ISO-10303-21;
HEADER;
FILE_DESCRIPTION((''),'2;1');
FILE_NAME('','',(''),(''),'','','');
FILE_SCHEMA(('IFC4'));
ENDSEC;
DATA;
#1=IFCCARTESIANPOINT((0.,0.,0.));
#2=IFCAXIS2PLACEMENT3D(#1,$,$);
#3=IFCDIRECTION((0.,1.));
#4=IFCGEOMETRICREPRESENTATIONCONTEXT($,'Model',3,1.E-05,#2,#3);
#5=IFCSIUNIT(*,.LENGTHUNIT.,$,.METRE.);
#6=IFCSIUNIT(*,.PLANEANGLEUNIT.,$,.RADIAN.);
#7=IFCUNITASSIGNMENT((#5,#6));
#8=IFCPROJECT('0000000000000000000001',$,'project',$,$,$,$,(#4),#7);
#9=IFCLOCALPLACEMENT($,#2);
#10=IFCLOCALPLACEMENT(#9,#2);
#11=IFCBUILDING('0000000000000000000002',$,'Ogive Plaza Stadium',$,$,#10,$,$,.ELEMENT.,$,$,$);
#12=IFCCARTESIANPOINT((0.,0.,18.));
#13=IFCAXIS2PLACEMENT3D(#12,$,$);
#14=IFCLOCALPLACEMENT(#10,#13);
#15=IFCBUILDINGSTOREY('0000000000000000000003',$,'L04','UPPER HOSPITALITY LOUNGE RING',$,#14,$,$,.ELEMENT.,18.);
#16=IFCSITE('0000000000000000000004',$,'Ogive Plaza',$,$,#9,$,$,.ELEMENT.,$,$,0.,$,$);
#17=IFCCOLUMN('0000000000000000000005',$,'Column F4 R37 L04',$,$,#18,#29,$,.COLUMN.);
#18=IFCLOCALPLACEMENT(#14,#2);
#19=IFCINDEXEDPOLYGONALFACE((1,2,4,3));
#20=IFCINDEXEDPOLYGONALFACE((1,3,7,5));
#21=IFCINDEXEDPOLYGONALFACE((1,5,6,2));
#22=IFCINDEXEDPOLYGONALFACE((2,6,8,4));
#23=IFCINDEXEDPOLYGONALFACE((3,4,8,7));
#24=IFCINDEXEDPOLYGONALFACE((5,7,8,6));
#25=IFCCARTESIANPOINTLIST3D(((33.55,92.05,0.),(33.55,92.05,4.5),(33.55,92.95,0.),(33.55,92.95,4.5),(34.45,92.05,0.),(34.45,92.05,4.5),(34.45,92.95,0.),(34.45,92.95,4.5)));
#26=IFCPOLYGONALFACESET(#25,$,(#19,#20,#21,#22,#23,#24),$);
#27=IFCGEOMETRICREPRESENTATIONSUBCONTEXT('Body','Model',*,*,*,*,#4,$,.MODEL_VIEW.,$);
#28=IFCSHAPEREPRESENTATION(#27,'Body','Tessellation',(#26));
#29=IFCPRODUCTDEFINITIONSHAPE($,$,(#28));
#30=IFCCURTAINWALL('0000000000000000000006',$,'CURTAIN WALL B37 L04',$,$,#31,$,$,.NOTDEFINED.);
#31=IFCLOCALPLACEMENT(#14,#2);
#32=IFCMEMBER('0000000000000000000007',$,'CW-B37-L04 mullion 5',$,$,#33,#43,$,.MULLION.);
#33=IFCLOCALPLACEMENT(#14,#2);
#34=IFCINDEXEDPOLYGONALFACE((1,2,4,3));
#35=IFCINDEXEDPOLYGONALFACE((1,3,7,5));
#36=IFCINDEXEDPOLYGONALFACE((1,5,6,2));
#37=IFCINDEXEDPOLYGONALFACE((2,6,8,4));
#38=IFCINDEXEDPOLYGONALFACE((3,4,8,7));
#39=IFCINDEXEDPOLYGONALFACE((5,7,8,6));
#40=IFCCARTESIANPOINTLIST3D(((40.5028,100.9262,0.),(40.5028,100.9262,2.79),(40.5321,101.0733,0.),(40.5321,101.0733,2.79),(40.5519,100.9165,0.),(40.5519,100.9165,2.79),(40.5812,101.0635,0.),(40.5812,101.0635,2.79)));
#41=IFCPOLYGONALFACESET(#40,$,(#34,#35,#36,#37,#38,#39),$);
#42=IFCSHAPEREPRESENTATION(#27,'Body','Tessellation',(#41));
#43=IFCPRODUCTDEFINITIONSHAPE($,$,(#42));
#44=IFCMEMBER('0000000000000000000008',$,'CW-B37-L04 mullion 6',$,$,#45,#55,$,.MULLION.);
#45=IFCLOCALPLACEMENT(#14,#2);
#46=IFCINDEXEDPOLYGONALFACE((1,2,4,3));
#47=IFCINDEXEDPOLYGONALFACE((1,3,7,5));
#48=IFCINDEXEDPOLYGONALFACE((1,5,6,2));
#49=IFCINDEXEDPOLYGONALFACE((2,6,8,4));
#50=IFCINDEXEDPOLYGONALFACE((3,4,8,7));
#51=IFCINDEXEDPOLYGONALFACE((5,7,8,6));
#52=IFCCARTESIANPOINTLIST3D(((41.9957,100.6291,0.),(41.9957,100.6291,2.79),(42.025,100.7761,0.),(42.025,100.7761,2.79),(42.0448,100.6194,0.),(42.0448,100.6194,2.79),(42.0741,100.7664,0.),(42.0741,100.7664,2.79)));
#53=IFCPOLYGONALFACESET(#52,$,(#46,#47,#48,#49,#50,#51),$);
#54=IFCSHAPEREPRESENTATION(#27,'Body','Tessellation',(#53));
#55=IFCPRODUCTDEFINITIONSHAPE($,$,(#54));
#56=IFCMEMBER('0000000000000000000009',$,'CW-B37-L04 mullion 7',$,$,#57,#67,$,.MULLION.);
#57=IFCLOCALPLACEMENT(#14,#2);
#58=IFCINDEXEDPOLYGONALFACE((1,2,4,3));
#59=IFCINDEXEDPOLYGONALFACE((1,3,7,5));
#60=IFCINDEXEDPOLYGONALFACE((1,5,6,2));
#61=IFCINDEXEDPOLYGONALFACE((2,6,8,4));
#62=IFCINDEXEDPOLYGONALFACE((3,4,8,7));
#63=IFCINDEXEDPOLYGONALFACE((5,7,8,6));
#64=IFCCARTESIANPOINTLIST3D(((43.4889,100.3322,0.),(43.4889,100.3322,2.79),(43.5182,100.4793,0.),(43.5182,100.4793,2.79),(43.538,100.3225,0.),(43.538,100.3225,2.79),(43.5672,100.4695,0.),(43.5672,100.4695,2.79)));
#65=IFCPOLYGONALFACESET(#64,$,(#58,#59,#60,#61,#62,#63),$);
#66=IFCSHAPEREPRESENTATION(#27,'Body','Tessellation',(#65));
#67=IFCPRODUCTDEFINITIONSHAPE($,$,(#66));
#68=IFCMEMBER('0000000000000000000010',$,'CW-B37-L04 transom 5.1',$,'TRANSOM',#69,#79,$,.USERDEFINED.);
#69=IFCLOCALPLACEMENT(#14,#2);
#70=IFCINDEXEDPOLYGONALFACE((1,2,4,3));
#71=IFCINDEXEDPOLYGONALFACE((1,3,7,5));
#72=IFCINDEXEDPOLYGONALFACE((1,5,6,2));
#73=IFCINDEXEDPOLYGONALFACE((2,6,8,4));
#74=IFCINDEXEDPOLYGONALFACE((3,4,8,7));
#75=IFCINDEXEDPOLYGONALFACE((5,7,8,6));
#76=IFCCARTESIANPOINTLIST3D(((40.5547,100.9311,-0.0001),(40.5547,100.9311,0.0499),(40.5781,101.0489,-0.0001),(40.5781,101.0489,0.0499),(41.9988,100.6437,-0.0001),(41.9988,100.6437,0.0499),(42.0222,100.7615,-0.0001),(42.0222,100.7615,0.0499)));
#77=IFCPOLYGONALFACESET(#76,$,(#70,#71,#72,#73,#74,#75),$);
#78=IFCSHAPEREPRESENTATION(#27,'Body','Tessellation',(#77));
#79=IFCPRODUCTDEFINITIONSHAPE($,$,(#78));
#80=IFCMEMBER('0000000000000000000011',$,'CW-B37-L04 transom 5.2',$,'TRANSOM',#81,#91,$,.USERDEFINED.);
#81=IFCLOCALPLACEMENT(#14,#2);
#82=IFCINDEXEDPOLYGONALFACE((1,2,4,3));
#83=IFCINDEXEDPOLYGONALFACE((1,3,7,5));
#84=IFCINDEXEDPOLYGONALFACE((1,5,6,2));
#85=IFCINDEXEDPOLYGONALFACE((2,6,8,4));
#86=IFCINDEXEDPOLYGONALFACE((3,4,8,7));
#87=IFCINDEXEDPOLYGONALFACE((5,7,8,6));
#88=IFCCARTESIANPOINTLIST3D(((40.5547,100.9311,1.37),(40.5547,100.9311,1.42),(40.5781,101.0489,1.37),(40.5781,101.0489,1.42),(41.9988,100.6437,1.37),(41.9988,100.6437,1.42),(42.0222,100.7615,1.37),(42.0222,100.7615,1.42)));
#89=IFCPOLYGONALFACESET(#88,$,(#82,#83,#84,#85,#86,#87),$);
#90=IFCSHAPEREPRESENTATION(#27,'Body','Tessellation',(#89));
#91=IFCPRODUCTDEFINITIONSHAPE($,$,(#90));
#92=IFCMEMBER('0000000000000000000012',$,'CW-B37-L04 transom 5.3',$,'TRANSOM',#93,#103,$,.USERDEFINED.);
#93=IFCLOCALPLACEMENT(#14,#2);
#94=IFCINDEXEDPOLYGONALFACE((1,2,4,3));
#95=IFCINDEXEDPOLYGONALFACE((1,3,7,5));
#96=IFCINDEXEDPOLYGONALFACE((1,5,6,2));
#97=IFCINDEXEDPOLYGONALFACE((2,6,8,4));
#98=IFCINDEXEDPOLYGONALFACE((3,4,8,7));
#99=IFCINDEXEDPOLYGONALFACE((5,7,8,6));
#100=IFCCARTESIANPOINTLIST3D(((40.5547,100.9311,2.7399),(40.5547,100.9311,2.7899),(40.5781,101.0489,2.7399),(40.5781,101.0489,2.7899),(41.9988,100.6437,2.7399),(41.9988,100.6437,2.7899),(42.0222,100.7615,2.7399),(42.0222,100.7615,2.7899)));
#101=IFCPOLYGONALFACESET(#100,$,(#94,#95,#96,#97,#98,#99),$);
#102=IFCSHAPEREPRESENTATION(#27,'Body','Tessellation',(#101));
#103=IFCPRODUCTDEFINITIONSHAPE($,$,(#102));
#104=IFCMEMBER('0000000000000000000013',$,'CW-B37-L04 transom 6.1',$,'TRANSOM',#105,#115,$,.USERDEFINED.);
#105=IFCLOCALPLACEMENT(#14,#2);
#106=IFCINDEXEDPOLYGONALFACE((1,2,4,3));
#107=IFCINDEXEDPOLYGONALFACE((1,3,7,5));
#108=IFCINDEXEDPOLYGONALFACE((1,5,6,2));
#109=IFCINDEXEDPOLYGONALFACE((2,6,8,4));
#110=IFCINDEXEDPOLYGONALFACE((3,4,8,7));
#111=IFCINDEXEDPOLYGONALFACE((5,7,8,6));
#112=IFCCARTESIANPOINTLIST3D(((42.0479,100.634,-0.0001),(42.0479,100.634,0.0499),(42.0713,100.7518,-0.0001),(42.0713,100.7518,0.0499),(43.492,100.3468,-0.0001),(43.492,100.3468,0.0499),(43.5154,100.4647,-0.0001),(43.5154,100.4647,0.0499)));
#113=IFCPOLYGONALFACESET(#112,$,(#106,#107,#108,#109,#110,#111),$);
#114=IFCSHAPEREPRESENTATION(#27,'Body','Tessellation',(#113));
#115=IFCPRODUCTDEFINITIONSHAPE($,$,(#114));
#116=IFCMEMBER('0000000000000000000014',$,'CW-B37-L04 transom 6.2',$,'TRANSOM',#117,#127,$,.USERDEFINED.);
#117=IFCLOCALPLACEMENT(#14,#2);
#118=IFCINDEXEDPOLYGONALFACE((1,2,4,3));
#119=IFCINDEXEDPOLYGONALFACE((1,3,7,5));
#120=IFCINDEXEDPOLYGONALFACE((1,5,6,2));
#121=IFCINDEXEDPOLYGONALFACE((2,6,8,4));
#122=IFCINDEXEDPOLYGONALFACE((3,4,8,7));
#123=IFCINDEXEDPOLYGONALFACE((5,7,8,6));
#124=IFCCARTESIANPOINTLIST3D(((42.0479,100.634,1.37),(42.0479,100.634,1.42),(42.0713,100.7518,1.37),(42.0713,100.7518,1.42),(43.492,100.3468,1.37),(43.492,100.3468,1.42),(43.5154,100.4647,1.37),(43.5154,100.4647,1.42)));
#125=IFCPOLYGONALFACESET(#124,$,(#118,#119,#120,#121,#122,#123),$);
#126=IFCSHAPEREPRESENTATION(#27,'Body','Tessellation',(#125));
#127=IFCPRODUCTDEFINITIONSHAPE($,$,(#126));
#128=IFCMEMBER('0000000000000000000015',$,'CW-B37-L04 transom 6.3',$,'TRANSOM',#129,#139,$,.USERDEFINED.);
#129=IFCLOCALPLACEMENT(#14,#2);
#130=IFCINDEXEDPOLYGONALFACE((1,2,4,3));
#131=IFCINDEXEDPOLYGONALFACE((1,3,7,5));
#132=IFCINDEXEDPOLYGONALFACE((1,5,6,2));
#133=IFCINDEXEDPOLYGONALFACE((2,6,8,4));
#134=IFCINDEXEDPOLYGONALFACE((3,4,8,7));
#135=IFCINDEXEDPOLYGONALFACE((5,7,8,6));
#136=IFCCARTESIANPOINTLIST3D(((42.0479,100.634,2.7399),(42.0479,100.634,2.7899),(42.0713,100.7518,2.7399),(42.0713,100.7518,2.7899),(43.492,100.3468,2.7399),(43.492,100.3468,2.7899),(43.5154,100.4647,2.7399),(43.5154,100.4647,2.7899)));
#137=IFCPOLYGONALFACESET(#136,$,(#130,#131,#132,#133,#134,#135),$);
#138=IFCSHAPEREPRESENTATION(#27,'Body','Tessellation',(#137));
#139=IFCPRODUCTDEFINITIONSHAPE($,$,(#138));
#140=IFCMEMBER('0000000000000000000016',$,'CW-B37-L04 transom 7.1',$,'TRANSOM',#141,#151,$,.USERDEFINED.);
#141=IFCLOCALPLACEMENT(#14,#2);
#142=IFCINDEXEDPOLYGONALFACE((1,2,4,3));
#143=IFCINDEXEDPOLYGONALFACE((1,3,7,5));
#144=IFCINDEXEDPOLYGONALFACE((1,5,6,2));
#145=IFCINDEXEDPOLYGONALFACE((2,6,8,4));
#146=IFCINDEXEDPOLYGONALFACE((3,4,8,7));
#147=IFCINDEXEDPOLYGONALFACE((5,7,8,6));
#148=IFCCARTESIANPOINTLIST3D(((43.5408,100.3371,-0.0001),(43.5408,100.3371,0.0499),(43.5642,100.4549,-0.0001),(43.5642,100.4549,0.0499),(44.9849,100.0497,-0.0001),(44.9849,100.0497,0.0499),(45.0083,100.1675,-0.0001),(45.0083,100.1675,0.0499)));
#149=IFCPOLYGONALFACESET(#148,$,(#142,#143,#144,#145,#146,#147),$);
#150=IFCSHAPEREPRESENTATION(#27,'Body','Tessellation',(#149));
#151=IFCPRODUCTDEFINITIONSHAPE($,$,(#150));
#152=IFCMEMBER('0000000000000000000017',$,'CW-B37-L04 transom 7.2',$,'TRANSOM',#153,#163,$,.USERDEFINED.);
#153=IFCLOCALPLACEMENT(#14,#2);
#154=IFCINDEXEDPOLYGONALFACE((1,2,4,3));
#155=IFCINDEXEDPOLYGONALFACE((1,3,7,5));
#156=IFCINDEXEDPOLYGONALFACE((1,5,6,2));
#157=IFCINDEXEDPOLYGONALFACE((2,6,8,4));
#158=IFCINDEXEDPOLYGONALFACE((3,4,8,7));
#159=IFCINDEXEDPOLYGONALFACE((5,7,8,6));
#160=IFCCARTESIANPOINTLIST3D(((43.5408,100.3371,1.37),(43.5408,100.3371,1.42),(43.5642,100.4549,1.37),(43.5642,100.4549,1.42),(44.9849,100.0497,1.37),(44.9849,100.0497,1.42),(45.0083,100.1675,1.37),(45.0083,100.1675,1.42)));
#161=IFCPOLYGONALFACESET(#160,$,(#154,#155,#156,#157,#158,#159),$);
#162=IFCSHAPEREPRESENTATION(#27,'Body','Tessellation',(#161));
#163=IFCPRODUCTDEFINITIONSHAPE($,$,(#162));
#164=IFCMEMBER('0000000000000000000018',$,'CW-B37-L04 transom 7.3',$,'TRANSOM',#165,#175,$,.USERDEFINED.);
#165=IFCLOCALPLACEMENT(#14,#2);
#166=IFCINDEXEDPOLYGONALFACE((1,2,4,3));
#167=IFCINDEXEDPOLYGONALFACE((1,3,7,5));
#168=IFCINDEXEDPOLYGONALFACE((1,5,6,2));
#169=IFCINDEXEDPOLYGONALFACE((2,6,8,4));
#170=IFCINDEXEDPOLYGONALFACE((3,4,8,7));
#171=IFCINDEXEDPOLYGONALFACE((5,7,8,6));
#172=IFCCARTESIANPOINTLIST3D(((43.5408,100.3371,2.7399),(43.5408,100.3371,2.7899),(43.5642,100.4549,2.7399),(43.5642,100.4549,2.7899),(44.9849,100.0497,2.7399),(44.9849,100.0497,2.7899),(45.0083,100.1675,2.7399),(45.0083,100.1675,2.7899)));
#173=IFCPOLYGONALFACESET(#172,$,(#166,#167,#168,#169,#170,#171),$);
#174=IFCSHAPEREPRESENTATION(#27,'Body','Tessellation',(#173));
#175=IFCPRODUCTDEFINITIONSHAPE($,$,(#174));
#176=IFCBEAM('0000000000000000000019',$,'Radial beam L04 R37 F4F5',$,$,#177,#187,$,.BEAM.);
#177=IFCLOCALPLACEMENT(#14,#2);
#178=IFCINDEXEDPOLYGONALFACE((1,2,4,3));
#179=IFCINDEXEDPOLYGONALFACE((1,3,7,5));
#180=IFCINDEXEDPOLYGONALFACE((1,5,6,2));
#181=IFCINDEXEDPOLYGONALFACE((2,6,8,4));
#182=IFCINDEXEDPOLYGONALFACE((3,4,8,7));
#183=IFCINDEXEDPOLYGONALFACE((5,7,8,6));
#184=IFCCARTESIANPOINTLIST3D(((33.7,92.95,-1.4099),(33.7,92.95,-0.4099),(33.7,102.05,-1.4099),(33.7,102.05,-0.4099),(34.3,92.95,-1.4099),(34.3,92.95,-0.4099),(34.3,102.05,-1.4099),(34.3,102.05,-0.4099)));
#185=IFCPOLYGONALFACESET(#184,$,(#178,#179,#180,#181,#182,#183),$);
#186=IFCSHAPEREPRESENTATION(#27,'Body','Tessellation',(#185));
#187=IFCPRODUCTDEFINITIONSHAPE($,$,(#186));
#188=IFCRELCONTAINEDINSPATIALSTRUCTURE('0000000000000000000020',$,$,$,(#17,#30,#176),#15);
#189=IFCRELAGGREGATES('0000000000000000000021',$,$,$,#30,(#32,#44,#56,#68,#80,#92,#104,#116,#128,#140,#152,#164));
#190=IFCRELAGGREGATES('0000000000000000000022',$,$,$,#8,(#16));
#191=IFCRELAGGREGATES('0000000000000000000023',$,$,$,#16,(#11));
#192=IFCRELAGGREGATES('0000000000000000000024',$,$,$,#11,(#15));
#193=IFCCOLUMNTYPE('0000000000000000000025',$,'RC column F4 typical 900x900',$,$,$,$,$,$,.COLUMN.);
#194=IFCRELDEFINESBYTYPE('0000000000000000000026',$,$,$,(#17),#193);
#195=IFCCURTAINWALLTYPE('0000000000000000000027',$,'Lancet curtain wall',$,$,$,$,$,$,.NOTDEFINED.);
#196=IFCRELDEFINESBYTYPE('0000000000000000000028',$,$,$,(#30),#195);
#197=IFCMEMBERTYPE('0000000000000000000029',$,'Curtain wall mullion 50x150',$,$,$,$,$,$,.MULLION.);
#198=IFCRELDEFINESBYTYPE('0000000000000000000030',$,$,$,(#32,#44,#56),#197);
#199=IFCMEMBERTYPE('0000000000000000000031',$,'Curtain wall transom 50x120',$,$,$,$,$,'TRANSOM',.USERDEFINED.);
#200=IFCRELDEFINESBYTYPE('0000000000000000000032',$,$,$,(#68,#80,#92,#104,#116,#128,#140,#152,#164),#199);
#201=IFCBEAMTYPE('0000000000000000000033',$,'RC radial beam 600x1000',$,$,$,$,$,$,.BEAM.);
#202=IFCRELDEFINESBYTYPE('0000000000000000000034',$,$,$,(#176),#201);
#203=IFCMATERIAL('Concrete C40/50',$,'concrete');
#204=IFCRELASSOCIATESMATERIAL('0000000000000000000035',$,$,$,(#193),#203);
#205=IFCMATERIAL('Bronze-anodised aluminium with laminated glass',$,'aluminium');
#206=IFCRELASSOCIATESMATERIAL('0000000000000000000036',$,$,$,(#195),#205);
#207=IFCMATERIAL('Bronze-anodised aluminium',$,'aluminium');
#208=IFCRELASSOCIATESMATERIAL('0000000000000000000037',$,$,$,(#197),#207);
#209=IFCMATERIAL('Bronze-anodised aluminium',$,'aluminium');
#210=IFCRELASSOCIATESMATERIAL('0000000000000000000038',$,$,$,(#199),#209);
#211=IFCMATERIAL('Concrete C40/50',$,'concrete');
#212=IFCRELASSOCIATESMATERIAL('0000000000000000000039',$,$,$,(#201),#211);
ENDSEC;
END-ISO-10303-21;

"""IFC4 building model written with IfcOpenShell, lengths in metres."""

from ifc_helpers import new_model, si_unit, direction, frame, origin, origin_2d, place, context, subcontext, project, spatial, rectangle, extrude, material, material_profile, profile_set, type_object, element, aggregate, save


model = new_model("IFC4")

# Units and contexts
model_context = context("Model", 3, precision=1e-05, world=origin(), true_north=direction((0.0, 1.0)))
body_context = subcontext(model_context, "Body", "Model", "MODEL_VIEW")
ifc_project = project(units=[si_unit("LENGTHUNIT", "METRE"), si_unit("PLANEANGLEUNIT", "RADIAN")], contexts=[model_context])

# Site, building, storey
site_placement = place(None, origin())
site = spatial("IfcSite", under=ifc_project, at=site_placement, Name="Ogive Plaza", CompositionType="ELEMENT", RefElevation=0.0)
building_placement = place(site_placement, origin())
building = spatial("IfcBuilding", under=site, at=building_placement, Name="Ogive Plaza Stadium", CompositionType="ELEMENT")
storey_placement = place(building_placement, frame((0.0, 0.0, 18.0)))
storey = spatial("IfcBuildingStorey", under=building, at=storey_placement, Name="L04", Description="UPPER HOSPITALITY LOUNGE RING", CompositionType="ELEMENT", Elevation=18.0)

# Column
ifc_material_1 = material(Name="Concrete C40/50", Category="concrete")
ifc_material_profile_1 = material_profile(ifc_material_1, rectangle(XDim=0.8999, YDim=0.8999, at=origin_2d()), Name="RC 900x900")
ifc_profile_set_1 = profile_set([ifc_material_profile_1], Name="Concrete C40/50")
column_type = type_object("IfcColumnType", Name="RC column F4 typical 900x900", PredefinedType="COLUMN", material=ifc_profile_set_1)
column_placement = place(storey_placement, frame((34.0, 92.5, 0.0), z_axis=(0.0, 0.0, 1.0), x_axis=(-1.0, 0.0, 0.0)))
element("IfcColumn", 1, at=column_placement, inside=storey, type_object=column_type, Name="Column F4 R37 L04", PredefinedType="COLUMN", context=body_context, shape_type="SweptSolid", body=[
    extrude(rectangle(XDim=0.8999, YDim=0.8999, at=origin_2d()), origin(), (0.0, 0.0, 1.0), 4.5),
])

# Curtain wall, members
ifc_material_2 = material(Name="Bronze-anodised aluminium with laminated glass", Category="aluminium")
curtain_wall_type = type_object("IfcCurtainWallType", Name="Lancet curtain wall", PredefinedType="NOTDEFINED", material=ifc_material_2)
curtain_wall_placement = place(storey_placement, origin())
curtain_wall = element("IfcCurtainWall", 2, at=curtain_wall_placement, inside=storey, type_object=curtain_wall_type, Name="CURTAIN WALL B37 L04", PredefinedType="NOTDEFINED")
ifc_material_3 = material(Name="Bronze-anodised aluminium", Category="aluminium")
ifc_material_profile_2 = material_profile(ifc_material_3, rectangle(XDim=0.1499, YDim=0.05, at=origin_2d()), Name="AL 150x50")
ifc_profile_set_2 = profile_set([ifc_material_profile_2], Name="Bronze-anodised aluminium")
member_type_1 = type_object("IfcMemberType", Name="Curtain wall mullion 50x150", PredefinedType="MULLION", material=ifc_profile_set_2)
member_1_placement = place(storey_placement, frame((40.542, 100.9949, 0.0), z_axis=(0.0, 0.0, 1.0), x_axis=(0.19509, 0.980785, 0.0)))
member_1 = element("IfcMember", 3, at=member_1_placement, type_object=member_type_1, Name="CW-B37-L04 mullion 5", PredefinedType="MULLION", context=body_context, shape_type="SweptSolid", body=[
    extrude(rectangle(XDim=0.1499, YDim=0.05, at=origin_2d()), origin(), (0.0, 0.0, 1.0), 2.79),
])
member_2_placement = place(storey_placement, frame((42.0349, 100.6978, 0.0), z_axis=(0.0, 0.0, 1.0), x_axis=(0.19509, 0.980785, 0.0)))
member_2 = element("IfcMember", 4, at=member_2_placement, type_object=member_type_1, Name="CW-B37-L04 mullion 6", PredefinedType="MULLION", context=body_context, shape_type="SweptSolid", body=[
    extrude(rectangle(XDim=0.1499, YDim=0.05, at=origin_2d()), origin(), (0.0, 0.0, 1.0), 2.79),
])
member_3_placement = place(storey_placement, frame((43.5281, 100.4009, 0.0), z_axis=(0.0, 0.0, 1.0), x_axis=(0.19509, 0.980785, 0.0)))
member_3 = element("IfcMember", 5, at=member_3_placement, type_object=member_type_1, Name="CW-B37-L04 mullion 7", PredefinedType="MULLION", context=body_context, shape_type="SweptSolid", body=[
    extrude(rectangle(XDim=0.1499, YDim=0.05, at=origin_2d()), origin(), (0.0, 0.0, 1.0), 2.79),
])
ifc_material_4 = material(Name="Bronze-anodised aluminium", Category="aluminium")
ifc_material_profile_3 = material_profile(ifc_material_4, rectangle(XDim=0.1201, YDim=0.05, at=origin_2d()), Name="AL 120x50")
ifc_profile_set_3 = profile_set([ifc_material_profile_3], Name="Bronze-anodised aluminium")
member_type_2 = type_object("IfcMemberType", Name="Curtain wall transom 50x120", ElementType="TRANSOM", PredefinedType="USERDEFINED", material=ifc_profile_set_3)
member_4_placement = place(storey_placement, frame((40.5664, 100.99, 0.0249), z_axis=(0.980772, -0.195159, 0.0), x_axis=(0.195159, 0.980772, 0.0)))
member_4 = element("IfcMember", 6, at=member_4_placement, type_object=member_type_2, Name="CW-B37-L04 transom 5.1", ObjectType="TRANSOM", PredefinedType="USERDEFINED", context=body_context, shape_type="SweptSolid", body=[
    extrude(rectangle(XDim=0.1201, YDim=0.05, at=origin_2d()), origin(), (0.0, 0.0, 1.0), 1.4724),
])
member_5_placement = place(storey_placement, frame((40.5664, 100.99, 1.395), z_axis=(0.980772, -0.195159, 0.0), x_axis=(0.195159, 0.980772, 0.0)))
member_5 = element("IfcMember", 7, at=member_5_placement, type_object=member_type_2, Name="CW-B37-L04 transom 5.2", ObjectType="TRANSOM", PredefinedType="USERDEFINED", context=body_context, shape_type="SweptSolid", body=[
    extrude(rectangle(XDim=0.1201, YDim=0.05, at=origin_2d()), origin(), (0.0, 0.0, 1.0), 1.4724),
])
member_6_placement = place(storey_placement, frame((40.5664, 100.99, 2.7649), z_axis=(0.980772, -0.195159, 0.0), x_axis=(0.195159, 0.980772, 0.0)))
member_6 = element("IfcMember", 8, at=member_6_placement, type_object=member_type_2, Name="CW-B37-L04 transom 5.3", ObjectType="TRANSOM", PredefinedType="USERDEFINED", context=body_context, shape_type="SweptSolid", body=[
    extrude(rectangle(XDim=0.1201, YDim=0.05, at=origin_2d()), origin(), (0.0, 0.0, 1.0), 1.4724),
])
member_7_placement = place(storey_placement, frame((42.0596, 100.6929, 0.0249), z_axis=(0.980803, -0.195, 0.0), x_axis=(0.195, 0.980803, 0.0)))
member_7 = element("IfcMember", 9, at=member_7_placement, type_object=member_type_2, Name="CW-B37-L04 transom 6.1", ObjectType="TRANSOM", PredefinedType="USERDEFINED", context=body_context, shape_type="SweptSolid", body=[
    extrude(rectangle(XDim=0.1201, YDim=0.05, at=origin_2d()), origin(), (0.0, 0.0, 1.0), 1.4724),
])
member_8_placement = place(storey_placement, frame((42.0596, 100.6929, 1.395), z_axis=(0.980803, -0.195, 0.0), x_axis=(0.195, 0.980803, 0.0)))
member_8 = element("IfcMember", 10, at=member_8_placement, type_object=member_type_2, Name="CW-B37-L04 transom 6.2", ObjectType="TRANSOM", PredefinedType="USERDEFINED", context=body_context, shape_type="SweptSolid", body=[
    extrude(rectangle(XDim=0.1201, YDim=0.05, at=origin_2d()), origin(), (0.0, 0.0, 1.0), 1.4724),
])
member_9_placement = place(storey_placement, frame((42.0596, 100.6929, 2.7649), z_axis=(0.980803, -0.195, 0.0), x_axis=(0.195, 0.980803, 0.0)))
member_9 = element("IfcMember", 11, at=member_9_placement, type_object=member_type_2, Name="CW-B37-L04 transom 6.3", ObjectType="TRANSOM", PredefinedType="USERDEFINED", context=body_context, shape_type="SweptSolid", body=[
    extrude(rectangle(XDim=0.1201, YDim=0.05, at=origin_2d()), origin(), (0.0, 0.0, 1.0), 1.4724),
])
member_10_placement = place(storey_placement, frame((43.5525, 100.396, 0.0249), z_axis=(0.980772, -0.195159, 0.0), x_axis=(0.195159, 0.980772, 0.0)))
member_10 = element("IfcMember", 12, at=member_10_placement, type_object=member_type_2, Name="CW-B37-L04 transom 7.1", ObjectType="TRANSOM", PredefinedType="USERDEFINED", context=body_context, shape_type="SweptSolid", body=[
    extrude(rectangle(XDim=0.1201, YDim=0.05, at=origin_2d()), origin(), (0.0, 0.0, 1.0), 1.4724),
])
member_11_placement = place(storey_placement, frame((43.5525, 100.396, 1.395), z_axis=(0.980772, -0.195159, 0.0), x_axis=(0.195159, 0.980772, 0.0)))
member_11 = element("IfcMember", 13, at=member_11_placement, type_object=member_type_2, Name="CW-B37-L04 transom 7.2", ObjectType="TRANSOM", PredefinedType="USERDEFINED", context=body_context, shape_type="SweptSolid", body=[
    extrude(rectangle(XDim=0.1201, YDim=0.05, at=origin_2d()), origin(), (0.0, 0.0, 1.0), 1.4724),
])
member_12_placement = place(storey_placement, frame((43.5525, 100.396, 2.7649), z_axis=(0.980772, -0.195159, 0.0), x_axis=(0.195159, 0.980772, 0.0)))
member_12 = element("IfcMember", 14, at=member_12_placement, type_object=member_type_2, Name="CW-B37-L04 transom 7.3", ObjectType="TRANSOM", PredefinedType="USERDEFINED", context=body_context, shape_type="SweptSolid", body=[
    extrude(rectangle(XDim=0.1201, YDim=0.05, at=origin_2d()), origin(), (0.0, 0.0, 1.0), 1.4724),
])

# Beam
ifc_material_5 = material(Name="Concrete C40/50", Category="concrete")
ifc_material_profile_4 = material_profile(ifc_material_5, rectangle(XDim=0.6001, YDim=1.0, at=origin_2d()), Name="RC 600x1000")
ifc_profile_set_4 = profile_set([ifc_material_profile_4], Name="Concrete C40/50")
beam_type_1 = type_object("IfcBeamType", Name="RC radial beam 600x1000", PredefinedType="BEAM", material=ifc_profile_set_4)
beam_1_placement = place(storey_placement, frame((34.0, 92.95, -0.9099), z_axis=(0.0, 1.0, 0.0), x_axis=(-1.0, 0.0, 0.0)))
element("IfcBeam", 15, at=beam_1_placement, inside=storey, type_object=beam_type_1, Name="Radial beam L04 R37 F4F5", PredefinedType="BEAM", context=body_context, shape_type="SweptSolid", body=[
    extrude(rectangle(XDim=0.6001, YDim=1.0, at=origin_2d()), origin(), (0.0, 0.0, 1.0), 9.1001),
])

aggregate(curtain_wall, [member_1, member_2, member_3, member_4, member_5, member_6, member_7, member_8, member_9, member_10, member_11, member_12])

save(model, "model.ifc")
